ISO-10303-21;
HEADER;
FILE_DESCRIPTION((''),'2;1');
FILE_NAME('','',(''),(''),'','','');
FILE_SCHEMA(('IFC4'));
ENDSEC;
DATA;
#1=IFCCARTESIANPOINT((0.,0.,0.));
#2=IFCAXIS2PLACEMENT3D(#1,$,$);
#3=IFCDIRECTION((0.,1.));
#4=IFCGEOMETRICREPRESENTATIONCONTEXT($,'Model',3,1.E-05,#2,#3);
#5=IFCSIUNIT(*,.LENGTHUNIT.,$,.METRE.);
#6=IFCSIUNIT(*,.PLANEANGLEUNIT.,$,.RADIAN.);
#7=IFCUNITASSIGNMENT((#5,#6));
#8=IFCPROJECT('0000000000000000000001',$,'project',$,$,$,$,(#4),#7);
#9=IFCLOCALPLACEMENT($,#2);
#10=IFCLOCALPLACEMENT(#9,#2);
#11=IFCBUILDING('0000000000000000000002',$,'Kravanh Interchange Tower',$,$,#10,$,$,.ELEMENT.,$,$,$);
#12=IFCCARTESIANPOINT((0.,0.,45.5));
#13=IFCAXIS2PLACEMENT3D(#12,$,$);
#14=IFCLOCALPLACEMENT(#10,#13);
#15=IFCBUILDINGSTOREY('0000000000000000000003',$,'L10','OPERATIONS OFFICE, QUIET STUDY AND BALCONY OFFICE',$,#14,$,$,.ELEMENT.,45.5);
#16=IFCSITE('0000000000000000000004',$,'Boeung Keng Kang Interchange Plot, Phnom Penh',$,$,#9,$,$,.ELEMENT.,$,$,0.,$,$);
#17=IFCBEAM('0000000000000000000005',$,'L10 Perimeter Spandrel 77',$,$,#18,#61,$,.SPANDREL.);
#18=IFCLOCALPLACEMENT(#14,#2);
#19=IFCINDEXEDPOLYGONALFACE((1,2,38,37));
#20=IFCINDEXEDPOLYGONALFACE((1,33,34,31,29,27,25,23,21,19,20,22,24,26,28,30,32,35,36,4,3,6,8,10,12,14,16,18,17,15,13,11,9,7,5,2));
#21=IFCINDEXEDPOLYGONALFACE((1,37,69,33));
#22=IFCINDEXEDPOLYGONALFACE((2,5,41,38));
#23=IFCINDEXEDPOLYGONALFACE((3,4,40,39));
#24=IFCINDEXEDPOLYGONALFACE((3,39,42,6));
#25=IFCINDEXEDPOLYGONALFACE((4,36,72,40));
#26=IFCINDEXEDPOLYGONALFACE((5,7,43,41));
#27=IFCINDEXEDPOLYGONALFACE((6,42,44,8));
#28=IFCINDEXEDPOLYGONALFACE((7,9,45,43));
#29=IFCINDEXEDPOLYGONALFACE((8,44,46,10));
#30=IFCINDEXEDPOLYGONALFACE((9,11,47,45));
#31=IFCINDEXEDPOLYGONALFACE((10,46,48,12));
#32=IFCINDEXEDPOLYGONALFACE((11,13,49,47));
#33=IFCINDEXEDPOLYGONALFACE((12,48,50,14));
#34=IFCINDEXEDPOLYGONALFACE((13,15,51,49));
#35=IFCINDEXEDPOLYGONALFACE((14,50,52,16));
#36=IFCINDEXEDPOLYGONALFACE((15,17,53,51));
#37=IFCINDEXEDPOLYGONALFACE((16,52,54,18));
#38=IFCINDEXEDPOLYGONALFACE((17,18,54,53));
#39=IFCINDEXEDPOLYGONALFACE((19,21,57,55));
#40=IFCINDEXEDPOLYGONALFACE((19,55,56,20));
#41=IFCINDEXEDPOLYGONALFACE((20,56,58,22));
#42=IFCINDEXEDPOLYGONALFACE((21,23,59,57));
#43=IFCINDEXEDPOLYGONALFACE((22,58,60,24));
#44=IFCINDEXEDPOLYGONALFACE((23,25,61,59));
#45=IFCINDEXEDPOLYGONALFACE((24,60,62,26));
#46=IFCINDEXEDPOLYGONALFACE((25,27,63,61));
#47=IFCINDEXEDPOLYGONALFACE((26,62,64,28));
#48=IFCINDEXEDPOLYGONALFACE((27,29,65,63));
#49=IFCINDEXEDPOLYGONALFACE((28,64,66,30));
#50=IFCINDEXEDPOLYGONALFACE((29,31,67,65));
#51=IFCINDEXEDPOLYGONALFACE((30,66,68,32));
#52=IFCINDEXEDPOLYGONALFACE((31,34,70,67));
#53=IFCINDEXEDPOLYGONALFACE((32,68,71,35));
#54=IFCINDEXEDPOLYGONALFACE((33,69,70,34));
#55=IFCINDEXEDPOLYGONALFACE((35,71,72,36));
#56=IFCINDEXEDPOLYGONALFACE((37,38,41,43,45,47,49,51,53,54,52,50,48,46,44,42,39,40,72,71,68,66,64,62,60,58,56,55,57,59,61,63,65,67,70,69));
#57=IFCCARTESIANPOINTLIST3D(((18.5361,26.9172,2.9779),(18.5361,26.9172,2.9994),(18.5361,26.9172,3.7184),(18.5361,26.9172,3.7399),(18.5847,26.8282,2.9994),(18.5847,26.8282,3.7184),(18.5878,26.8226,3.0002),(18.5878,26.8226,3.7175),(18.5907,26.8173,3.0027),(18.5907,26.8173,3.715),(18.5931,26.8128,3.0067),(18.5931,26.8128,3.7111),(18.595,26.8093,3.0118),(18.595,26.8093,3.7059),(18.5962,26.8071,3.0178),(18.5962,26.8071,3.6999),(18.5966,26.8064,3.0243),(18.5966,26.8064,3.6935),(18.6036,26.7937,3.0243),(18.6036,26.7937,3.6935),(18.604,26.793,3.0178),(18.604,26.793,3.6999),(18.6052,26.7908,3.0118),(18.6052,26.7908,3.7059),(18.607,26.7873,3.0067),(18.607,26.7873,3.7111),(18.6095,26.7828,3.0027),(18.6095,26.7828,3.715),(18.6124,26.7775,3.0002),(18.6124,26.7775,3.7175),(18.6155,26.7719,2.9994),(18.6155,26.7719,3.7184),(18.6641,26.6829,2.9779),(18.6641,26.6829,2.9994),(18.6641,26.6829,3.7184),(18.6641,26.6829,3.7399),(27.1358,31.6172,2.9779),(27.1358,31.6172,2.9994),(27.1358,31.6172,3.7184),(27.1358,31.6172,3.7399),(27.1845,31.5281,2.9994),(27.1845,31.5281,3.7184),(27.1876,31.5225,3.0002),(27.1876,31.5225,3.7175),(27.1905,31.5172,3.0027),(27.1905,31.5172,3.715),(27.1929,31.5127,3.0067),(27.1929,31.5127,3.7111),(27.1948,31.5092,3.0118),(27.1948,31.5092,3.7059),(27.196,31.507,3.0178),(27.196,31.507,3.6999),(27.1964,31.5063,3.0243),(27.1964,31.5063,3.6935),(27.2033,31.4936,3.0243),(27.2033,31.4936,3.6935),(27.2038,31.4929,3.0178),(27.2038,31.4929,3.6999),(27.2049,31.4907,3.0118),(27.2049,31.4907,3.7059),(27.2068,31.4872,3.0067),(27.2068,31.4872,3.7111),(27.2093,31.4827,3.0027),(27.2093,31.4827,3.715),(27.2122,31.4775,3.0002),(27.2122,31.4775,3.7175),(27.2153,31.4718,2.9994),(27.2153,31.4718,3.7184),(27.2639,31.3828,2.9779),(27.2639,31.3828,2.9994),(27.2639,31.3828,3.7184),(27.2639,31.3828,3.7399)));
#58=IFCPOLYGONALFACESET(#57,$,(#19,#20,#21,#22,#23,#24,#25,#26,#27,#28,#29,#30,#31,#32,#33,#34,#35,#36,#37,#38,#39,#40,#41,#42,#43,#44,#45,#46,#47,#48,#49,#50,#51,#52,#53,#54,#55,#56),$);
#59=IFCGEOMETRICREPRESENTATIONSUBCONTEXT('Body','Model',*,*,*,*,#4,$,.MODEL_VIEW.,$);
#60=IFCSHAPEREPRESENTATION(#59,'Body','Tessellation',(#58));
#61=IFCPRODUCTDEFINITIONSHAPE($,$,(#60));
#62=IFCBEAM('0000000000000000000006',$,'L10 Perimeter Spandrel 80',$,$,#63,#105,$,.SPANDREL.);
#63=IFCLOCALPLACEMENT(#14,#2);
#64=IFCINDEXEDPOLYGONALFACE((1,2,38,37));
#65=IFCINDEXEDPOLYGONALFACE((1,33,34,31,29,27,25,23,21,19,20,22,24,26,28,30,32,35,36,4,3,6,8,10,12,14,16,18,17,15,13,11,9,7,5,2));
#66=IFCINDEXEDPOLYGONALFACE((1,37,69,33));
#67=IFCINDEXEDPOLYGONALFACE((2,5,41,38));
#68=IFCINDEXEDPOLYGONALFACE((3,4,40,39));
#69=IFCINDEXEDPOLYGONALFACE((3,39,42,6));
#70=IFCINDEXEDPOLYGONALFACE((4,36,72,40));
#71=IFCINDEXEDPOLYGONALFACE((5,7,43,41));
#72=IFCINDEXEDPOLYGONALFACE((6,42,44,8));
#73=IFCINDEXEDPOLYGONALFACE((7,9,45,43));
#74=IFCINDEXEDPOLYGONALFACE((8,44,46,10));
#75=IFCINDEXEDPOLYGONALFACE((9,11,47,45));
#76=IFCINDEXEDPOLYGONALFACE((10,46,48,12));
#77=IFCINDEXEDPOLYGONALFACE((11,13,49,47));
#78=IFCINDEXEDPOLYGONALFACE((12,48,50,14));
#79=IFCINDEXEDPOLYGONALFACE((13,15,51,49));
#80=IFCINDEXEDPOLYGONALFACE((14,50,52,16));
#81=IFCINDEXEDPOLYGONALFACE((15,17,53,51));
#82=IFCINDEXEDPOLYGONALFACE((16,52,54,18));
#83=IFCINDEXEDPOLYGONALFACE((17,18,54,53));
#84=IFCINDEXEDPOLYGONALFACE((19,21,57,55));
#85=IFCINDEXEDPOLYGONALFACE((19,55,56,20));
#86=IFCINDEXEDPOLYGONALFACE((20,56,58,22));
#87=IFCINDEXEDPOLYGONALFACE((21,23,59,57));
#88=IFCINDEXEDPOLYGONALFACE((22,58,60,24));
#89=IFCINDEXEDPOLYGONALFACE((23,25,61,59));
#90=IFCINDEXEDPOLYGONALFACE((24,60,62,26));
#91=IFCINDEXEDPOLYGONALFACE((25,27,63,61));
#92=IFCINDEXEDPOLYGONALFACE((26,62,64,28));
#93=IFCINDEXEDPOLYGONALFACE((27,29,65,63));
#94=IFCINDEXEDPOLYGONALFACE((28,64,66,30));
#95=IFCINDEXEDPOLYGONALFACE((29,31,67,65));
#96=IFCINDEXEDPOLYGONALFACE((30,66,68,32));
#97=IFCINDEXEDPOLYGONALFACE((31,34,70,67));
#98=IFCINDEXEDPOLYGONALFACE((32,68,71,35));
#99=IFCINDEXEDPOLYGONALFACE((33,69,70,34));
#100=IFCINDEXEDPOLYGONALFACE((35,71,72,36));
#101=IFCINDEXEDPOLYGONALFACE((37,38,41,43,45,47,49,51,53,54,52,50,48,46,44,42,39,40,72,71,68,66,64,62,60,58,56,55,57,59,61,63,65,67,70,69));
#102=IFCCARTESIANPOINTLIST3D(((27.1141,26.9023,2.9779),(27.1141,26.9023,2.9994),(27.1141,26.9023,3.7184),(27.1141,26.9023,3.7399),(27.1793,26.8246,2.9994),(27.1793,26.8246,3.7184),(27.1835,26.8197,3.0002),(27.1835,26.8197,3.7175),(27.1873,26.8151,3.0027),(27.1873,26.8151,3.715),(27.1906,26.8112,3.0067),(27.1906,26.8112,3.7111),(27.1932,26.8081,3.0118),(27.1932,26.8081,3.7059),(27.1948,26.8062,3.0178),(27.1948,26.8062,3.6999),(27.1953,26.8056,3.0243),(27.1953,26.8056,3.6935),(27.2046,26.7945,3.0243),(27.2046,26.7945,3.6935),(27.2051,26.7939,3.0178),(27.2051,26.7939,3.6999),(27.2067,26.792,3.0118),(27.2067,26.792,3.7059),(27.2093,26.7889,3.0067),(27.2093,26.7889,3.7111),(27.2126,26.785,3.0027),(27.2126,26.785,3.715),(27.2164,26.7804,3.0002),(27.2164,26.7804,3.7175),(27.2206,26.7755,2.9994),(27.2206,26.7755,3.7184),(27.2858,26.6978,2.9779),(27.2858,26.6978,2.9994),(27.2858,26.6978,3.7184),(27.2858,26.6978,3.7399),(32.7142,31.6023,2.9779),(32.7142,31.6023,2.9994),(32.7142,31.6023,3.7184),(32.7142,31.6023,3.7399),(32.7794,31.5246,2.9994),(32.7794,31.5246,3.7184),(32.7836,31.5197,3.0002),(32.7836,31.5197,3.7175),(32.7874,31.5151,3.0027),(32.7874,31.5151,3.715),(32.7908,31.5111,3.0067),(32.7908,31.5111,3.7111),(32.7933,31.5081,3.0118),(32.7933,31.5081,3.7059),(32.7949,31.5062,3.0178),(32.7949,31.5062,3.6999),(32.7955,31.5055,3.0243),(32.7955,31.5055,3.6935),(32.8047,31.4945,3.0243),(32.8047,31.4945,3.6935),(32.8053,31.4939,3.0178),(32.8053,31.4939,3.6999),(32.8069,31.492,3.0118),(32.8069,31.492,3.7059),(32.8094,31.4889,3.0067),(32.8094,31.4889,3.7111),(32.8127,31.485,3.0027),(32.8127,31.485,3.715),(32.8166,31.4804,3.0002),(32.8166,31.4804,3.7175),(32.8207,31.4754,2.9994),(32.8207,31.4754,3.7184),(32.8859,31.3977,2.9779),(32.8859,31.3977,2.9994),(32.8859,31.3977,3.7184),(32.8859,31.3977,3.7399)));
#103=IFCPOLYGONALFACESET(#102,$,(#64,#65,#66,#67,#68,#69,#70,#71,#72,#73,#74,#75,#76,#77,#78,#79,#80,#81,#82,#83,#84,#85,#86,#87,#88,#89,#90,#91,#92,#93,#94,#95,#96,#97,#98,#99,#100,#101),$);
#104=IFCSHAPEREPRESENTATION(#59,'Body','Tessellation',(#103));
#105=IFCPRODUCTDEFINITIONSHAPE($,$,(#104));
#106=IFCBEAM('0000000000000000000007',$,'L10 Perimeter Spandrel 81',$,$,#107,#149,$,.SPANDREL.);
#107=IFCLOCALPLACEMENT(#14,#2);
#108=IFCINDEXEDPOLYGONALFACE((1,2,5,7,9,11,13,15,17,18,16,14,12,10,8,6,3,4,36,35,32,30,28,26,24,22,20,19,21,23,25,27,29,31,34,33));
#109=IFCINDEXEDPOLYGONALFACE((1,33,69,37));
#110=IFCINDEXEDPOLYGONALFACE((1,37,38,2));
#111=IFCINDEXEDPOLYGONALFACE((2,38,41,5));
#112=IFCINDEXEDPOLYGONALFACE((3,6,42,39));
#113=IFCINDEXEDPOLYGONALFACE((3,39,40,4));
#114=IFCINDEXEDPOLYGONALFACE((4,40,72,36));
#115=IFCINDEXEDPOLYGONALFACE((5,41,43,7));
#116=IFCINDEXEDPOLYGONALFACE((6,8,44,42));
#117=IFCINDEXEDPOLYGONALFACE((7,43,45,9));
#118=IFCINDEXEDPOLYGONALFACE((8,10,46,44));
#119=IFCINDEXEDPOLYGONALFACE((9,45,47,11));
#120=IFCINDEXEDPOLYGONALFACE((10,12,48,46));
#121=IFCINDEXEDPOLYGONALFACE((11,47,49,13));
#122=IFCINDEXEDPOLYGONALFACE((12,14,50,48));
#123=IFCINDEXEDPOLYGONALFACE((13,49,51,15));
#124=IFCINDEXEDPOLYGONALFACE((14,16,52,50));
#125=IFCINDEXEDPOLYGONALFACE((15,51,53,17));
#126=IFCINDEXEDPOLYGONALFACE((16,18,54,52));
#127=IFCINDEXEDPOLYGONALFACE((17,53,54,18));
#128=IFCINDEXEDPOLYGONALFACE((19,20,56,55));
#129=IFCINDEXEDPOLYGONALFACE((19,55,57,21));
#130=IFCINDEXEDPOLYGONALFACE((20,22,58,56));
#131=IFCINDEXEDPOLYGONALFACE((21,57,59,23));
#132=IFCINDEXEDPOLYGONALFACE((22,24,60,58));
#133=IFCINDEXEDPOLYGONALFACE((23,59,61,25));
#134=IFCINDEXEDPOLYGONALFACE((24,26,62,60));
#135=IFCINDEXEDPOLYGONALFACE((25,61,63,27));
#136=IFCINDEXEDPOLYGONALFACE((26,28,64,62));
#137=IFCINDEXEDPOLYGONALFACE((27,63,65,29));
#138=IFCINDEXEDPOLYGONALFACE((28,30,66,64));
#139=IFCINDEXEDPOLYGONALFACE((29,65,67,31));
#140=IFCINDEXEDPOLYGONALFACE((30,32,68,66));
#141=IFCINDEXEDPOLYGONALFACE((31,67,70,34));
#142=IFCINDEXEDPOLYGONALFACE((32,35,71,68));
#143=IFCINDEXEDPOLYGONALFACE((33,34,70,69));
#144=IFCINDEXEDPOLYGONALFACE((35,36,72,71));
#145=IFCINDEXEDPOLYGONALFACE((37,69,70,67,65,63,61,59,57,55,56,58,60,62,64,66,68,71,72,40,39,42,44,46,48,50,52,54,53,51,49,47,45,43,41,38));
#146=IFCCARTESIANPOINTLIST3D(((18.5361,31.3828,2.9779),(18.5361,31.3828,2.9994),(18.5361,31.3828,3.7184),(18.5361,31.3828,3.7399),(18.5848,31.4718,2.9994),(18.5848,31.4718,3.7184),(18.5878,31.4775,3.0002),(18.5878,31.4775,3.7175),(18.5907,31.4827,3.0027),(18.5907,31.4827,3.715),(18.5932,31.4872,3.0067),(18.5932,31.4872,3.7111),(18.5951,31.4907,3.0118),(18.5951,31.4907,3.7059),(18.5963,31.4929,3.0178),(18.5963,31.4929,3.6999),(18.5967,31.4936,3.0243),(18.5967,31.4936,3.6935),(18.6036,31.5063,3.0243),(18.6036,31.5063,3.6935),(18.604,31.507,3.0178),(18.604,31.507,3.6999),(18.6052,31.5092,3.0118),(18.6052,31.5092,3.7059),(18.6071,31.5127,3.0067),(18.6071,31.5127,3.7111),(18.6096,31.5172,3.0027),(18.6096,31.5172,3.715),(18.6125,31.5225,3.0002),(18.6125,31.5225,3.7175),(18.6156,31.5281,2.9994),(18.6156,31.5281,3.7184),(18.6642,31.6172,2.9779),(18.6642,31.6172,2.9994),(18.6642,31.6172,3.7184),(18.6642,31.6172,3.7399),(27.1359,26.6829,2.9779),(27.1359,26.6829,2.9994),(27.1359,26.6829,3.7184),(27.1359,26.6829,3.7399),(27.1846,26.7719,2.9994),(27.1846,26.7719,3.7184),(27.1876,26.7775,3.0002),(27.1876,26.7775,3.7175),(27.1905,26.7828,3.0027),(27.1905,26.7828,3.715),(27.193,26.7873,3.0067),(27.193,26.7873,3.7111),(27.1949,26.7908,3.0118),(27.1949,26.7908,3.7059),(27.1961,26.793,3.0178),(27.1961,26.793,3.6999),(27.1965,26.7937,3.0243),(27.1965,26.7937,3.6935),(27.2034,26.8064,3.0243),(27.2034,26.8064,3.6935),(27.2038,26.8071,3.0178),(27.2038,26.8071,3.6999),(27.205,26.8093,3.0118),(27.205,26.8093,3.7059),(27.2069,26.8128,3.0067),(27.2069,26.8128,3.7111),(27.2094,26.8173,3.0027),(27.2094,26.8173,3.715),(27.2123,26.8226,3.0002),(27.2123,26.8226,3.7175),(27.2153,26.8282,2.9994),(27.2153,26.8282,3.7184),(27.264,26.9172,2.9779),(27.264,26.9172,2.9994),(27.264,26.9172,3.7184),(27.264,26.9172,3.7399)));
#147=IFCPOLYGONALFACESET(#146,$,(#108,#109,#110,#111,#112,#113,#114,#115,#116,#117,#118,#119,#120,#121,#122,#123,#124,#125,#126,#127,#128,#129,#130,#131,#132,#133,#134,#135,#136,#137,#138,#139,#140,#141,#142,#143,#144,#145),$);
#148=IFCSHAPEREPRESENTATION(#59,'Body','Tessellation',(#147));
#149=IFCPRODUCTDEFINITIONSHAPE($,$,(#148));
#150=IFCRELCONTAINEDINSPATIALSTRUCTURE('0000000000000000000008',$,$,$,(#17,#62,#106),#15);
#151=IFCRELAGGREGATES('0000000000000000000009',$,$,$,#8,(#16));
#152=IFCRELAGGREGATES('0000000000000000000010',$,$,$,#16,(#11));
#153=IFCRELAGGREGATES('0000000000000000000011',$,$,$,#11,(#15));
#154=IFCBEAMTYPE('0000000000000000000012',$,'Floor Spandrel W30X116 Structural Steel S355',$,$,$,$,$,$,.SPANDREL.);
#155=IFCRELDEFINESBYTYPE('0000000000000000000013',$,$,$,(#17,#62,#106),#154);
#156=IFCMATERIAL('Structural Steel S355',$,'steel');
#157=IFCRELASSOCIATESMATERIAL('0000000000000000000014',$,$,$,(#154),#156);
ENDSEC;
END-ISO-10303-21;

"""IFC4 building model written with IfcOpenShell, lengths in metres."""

from ifc_helpers import new_model, si_unit, direction, frame, origin, origin_2d, place, context, subcontext, project, spatial, i_section, extrude, material, material_profile, profile_set, type_object, element, save


model = new_model("IFC4")

# Units and contexts
model_context = context("Model", 3, precision=1e-05, world=origin(), true_north=direction((0.0, 1.0)))
body_context = subcontext(model_context, "Body", "Model", "MODEL_VIEW")
ifc_project = project(units=[si_unit("LENGTHUNIT", "METRE"), si_unit("PLANEANGLEUNIT", "RADIAN")], contexts=[model_context])

# Site, building, storey
site_placement = place(None, origin())
site = spatial("IfcSite", under=ifc_project, at=site_placement, Name="Boeung Keng Kang Interchange Plot, Phnom Penh", CompositionType="ELEMENT", RefElevation=0.0)
building_placement = place(site_placement, origin())
building = spatial("IfcBuilding", under=site, at=building_placement, Name="Kravanh Interchange Tower", CompositionType="ELEMENT")
storey_placement = place(building_placement, frame((0.0, 0.0, 45.5)))
storey = spatial("IfcBuildingStorey", under=building, at=storey_placement, Name="L10", Description="OPERATIONS OFFICE, QUIET STUDY AND BALCONY OFFICE", CompositionType="ELEMENT", Elevation=45.5)

# Beams
ifc_material_1 = material(Name="Structural Steel S355", Category="steel")
ifc_material_profile_1 = material_profile(ifc_material_1, i_section(OverallWidth=0.2671, OverallDepth=0.762, WebThickness=0.0144, FlangeThickness=0.0215, FilletRadius=0.0249, at=origin_2d()), Name="W30X116")
ifc_profile_set_1 = profile_set([ifc_material_profile_1], Name="Structural Steel S355")
beam_type_1 = type_object("IfcBeamType", Name="Floor Spandrel W30X116 Structural Steel S355", PredefinedType="SPANDREL", material=ifc_profile_set_1)
beam_1_placement = place(storey_placement, frame((18.6001, 26.8, 3.3589), z_axis=(0.877504, 0.479569, 0.0), x_axis=(-0.479569, 0.877504, 0.0)))
element("IfcBeam", 1, at=beam_1_placement, inside=storey, type_object=beam_type_1, Name="L10 Perimeter Spandrel 77", PredefinedType="SPANDREL", context=body_context, shape_type="SweptSolid", body=[
    extrude(i_section(OverallWidth=0.2671, OverallDepth=0.762, WebThickness=0.0144, FlangeThickness=0.0215, FilletRadius=0.0249, at=origin_2d()), origin(), (0.0, 0.0, 1.0), 9.8003),
])
beam_2_placement = place(storey_placement, frame((27.2, 26.8, 3.3589), z_axis=(0.765983, 0.642861, 0.0), x_axis=(-0.642861, 0.765983, 0.0)))
element("IfcBeam", 2, at=beam_2_placement, inside=storey, type_object=beam_type_1, Name="L10 Perimeter Spandrel 80", PredefinedType="SPANDREL", context=body_context, shape_type="SweptSolid", body=[
    extrude(i_section(OverallWidth=0.2671, OverallDepth=0.762, WebThickness=0.0144, FlangeThickness=0.0215, FilletRadius=0.0249, at=origin_2d()), origin(), (0.0, 0.0, 1.0), 7.311),
])
beam_3_placement = place(storey_placement, frame((27.2, 26.8, 3.3589), z_axis=(-0.877504, 0.479569, 0.0), x_axis=(-0.479569, -0.877504, 0.0)))
element("IfcBeam", 3, at=beam_3_placement, inside=storey, type_object=beam_type_1, Name="L10 Perimeter Spandrel 81", PredefinedType="SPANDREL", context=body_context, shape_type="SweptSolid", body=[
    extrude(i_section(OverallWidth=0.2671, OverallDepth=0.762, WebThickness=0.0144, FlangeThickness=0.0215, FilletRadius=0.0249, at=origin_2d()), origin(), (0.0, 0.0, 1.0), 9.8003),
])

save(model, "model.ifc")
